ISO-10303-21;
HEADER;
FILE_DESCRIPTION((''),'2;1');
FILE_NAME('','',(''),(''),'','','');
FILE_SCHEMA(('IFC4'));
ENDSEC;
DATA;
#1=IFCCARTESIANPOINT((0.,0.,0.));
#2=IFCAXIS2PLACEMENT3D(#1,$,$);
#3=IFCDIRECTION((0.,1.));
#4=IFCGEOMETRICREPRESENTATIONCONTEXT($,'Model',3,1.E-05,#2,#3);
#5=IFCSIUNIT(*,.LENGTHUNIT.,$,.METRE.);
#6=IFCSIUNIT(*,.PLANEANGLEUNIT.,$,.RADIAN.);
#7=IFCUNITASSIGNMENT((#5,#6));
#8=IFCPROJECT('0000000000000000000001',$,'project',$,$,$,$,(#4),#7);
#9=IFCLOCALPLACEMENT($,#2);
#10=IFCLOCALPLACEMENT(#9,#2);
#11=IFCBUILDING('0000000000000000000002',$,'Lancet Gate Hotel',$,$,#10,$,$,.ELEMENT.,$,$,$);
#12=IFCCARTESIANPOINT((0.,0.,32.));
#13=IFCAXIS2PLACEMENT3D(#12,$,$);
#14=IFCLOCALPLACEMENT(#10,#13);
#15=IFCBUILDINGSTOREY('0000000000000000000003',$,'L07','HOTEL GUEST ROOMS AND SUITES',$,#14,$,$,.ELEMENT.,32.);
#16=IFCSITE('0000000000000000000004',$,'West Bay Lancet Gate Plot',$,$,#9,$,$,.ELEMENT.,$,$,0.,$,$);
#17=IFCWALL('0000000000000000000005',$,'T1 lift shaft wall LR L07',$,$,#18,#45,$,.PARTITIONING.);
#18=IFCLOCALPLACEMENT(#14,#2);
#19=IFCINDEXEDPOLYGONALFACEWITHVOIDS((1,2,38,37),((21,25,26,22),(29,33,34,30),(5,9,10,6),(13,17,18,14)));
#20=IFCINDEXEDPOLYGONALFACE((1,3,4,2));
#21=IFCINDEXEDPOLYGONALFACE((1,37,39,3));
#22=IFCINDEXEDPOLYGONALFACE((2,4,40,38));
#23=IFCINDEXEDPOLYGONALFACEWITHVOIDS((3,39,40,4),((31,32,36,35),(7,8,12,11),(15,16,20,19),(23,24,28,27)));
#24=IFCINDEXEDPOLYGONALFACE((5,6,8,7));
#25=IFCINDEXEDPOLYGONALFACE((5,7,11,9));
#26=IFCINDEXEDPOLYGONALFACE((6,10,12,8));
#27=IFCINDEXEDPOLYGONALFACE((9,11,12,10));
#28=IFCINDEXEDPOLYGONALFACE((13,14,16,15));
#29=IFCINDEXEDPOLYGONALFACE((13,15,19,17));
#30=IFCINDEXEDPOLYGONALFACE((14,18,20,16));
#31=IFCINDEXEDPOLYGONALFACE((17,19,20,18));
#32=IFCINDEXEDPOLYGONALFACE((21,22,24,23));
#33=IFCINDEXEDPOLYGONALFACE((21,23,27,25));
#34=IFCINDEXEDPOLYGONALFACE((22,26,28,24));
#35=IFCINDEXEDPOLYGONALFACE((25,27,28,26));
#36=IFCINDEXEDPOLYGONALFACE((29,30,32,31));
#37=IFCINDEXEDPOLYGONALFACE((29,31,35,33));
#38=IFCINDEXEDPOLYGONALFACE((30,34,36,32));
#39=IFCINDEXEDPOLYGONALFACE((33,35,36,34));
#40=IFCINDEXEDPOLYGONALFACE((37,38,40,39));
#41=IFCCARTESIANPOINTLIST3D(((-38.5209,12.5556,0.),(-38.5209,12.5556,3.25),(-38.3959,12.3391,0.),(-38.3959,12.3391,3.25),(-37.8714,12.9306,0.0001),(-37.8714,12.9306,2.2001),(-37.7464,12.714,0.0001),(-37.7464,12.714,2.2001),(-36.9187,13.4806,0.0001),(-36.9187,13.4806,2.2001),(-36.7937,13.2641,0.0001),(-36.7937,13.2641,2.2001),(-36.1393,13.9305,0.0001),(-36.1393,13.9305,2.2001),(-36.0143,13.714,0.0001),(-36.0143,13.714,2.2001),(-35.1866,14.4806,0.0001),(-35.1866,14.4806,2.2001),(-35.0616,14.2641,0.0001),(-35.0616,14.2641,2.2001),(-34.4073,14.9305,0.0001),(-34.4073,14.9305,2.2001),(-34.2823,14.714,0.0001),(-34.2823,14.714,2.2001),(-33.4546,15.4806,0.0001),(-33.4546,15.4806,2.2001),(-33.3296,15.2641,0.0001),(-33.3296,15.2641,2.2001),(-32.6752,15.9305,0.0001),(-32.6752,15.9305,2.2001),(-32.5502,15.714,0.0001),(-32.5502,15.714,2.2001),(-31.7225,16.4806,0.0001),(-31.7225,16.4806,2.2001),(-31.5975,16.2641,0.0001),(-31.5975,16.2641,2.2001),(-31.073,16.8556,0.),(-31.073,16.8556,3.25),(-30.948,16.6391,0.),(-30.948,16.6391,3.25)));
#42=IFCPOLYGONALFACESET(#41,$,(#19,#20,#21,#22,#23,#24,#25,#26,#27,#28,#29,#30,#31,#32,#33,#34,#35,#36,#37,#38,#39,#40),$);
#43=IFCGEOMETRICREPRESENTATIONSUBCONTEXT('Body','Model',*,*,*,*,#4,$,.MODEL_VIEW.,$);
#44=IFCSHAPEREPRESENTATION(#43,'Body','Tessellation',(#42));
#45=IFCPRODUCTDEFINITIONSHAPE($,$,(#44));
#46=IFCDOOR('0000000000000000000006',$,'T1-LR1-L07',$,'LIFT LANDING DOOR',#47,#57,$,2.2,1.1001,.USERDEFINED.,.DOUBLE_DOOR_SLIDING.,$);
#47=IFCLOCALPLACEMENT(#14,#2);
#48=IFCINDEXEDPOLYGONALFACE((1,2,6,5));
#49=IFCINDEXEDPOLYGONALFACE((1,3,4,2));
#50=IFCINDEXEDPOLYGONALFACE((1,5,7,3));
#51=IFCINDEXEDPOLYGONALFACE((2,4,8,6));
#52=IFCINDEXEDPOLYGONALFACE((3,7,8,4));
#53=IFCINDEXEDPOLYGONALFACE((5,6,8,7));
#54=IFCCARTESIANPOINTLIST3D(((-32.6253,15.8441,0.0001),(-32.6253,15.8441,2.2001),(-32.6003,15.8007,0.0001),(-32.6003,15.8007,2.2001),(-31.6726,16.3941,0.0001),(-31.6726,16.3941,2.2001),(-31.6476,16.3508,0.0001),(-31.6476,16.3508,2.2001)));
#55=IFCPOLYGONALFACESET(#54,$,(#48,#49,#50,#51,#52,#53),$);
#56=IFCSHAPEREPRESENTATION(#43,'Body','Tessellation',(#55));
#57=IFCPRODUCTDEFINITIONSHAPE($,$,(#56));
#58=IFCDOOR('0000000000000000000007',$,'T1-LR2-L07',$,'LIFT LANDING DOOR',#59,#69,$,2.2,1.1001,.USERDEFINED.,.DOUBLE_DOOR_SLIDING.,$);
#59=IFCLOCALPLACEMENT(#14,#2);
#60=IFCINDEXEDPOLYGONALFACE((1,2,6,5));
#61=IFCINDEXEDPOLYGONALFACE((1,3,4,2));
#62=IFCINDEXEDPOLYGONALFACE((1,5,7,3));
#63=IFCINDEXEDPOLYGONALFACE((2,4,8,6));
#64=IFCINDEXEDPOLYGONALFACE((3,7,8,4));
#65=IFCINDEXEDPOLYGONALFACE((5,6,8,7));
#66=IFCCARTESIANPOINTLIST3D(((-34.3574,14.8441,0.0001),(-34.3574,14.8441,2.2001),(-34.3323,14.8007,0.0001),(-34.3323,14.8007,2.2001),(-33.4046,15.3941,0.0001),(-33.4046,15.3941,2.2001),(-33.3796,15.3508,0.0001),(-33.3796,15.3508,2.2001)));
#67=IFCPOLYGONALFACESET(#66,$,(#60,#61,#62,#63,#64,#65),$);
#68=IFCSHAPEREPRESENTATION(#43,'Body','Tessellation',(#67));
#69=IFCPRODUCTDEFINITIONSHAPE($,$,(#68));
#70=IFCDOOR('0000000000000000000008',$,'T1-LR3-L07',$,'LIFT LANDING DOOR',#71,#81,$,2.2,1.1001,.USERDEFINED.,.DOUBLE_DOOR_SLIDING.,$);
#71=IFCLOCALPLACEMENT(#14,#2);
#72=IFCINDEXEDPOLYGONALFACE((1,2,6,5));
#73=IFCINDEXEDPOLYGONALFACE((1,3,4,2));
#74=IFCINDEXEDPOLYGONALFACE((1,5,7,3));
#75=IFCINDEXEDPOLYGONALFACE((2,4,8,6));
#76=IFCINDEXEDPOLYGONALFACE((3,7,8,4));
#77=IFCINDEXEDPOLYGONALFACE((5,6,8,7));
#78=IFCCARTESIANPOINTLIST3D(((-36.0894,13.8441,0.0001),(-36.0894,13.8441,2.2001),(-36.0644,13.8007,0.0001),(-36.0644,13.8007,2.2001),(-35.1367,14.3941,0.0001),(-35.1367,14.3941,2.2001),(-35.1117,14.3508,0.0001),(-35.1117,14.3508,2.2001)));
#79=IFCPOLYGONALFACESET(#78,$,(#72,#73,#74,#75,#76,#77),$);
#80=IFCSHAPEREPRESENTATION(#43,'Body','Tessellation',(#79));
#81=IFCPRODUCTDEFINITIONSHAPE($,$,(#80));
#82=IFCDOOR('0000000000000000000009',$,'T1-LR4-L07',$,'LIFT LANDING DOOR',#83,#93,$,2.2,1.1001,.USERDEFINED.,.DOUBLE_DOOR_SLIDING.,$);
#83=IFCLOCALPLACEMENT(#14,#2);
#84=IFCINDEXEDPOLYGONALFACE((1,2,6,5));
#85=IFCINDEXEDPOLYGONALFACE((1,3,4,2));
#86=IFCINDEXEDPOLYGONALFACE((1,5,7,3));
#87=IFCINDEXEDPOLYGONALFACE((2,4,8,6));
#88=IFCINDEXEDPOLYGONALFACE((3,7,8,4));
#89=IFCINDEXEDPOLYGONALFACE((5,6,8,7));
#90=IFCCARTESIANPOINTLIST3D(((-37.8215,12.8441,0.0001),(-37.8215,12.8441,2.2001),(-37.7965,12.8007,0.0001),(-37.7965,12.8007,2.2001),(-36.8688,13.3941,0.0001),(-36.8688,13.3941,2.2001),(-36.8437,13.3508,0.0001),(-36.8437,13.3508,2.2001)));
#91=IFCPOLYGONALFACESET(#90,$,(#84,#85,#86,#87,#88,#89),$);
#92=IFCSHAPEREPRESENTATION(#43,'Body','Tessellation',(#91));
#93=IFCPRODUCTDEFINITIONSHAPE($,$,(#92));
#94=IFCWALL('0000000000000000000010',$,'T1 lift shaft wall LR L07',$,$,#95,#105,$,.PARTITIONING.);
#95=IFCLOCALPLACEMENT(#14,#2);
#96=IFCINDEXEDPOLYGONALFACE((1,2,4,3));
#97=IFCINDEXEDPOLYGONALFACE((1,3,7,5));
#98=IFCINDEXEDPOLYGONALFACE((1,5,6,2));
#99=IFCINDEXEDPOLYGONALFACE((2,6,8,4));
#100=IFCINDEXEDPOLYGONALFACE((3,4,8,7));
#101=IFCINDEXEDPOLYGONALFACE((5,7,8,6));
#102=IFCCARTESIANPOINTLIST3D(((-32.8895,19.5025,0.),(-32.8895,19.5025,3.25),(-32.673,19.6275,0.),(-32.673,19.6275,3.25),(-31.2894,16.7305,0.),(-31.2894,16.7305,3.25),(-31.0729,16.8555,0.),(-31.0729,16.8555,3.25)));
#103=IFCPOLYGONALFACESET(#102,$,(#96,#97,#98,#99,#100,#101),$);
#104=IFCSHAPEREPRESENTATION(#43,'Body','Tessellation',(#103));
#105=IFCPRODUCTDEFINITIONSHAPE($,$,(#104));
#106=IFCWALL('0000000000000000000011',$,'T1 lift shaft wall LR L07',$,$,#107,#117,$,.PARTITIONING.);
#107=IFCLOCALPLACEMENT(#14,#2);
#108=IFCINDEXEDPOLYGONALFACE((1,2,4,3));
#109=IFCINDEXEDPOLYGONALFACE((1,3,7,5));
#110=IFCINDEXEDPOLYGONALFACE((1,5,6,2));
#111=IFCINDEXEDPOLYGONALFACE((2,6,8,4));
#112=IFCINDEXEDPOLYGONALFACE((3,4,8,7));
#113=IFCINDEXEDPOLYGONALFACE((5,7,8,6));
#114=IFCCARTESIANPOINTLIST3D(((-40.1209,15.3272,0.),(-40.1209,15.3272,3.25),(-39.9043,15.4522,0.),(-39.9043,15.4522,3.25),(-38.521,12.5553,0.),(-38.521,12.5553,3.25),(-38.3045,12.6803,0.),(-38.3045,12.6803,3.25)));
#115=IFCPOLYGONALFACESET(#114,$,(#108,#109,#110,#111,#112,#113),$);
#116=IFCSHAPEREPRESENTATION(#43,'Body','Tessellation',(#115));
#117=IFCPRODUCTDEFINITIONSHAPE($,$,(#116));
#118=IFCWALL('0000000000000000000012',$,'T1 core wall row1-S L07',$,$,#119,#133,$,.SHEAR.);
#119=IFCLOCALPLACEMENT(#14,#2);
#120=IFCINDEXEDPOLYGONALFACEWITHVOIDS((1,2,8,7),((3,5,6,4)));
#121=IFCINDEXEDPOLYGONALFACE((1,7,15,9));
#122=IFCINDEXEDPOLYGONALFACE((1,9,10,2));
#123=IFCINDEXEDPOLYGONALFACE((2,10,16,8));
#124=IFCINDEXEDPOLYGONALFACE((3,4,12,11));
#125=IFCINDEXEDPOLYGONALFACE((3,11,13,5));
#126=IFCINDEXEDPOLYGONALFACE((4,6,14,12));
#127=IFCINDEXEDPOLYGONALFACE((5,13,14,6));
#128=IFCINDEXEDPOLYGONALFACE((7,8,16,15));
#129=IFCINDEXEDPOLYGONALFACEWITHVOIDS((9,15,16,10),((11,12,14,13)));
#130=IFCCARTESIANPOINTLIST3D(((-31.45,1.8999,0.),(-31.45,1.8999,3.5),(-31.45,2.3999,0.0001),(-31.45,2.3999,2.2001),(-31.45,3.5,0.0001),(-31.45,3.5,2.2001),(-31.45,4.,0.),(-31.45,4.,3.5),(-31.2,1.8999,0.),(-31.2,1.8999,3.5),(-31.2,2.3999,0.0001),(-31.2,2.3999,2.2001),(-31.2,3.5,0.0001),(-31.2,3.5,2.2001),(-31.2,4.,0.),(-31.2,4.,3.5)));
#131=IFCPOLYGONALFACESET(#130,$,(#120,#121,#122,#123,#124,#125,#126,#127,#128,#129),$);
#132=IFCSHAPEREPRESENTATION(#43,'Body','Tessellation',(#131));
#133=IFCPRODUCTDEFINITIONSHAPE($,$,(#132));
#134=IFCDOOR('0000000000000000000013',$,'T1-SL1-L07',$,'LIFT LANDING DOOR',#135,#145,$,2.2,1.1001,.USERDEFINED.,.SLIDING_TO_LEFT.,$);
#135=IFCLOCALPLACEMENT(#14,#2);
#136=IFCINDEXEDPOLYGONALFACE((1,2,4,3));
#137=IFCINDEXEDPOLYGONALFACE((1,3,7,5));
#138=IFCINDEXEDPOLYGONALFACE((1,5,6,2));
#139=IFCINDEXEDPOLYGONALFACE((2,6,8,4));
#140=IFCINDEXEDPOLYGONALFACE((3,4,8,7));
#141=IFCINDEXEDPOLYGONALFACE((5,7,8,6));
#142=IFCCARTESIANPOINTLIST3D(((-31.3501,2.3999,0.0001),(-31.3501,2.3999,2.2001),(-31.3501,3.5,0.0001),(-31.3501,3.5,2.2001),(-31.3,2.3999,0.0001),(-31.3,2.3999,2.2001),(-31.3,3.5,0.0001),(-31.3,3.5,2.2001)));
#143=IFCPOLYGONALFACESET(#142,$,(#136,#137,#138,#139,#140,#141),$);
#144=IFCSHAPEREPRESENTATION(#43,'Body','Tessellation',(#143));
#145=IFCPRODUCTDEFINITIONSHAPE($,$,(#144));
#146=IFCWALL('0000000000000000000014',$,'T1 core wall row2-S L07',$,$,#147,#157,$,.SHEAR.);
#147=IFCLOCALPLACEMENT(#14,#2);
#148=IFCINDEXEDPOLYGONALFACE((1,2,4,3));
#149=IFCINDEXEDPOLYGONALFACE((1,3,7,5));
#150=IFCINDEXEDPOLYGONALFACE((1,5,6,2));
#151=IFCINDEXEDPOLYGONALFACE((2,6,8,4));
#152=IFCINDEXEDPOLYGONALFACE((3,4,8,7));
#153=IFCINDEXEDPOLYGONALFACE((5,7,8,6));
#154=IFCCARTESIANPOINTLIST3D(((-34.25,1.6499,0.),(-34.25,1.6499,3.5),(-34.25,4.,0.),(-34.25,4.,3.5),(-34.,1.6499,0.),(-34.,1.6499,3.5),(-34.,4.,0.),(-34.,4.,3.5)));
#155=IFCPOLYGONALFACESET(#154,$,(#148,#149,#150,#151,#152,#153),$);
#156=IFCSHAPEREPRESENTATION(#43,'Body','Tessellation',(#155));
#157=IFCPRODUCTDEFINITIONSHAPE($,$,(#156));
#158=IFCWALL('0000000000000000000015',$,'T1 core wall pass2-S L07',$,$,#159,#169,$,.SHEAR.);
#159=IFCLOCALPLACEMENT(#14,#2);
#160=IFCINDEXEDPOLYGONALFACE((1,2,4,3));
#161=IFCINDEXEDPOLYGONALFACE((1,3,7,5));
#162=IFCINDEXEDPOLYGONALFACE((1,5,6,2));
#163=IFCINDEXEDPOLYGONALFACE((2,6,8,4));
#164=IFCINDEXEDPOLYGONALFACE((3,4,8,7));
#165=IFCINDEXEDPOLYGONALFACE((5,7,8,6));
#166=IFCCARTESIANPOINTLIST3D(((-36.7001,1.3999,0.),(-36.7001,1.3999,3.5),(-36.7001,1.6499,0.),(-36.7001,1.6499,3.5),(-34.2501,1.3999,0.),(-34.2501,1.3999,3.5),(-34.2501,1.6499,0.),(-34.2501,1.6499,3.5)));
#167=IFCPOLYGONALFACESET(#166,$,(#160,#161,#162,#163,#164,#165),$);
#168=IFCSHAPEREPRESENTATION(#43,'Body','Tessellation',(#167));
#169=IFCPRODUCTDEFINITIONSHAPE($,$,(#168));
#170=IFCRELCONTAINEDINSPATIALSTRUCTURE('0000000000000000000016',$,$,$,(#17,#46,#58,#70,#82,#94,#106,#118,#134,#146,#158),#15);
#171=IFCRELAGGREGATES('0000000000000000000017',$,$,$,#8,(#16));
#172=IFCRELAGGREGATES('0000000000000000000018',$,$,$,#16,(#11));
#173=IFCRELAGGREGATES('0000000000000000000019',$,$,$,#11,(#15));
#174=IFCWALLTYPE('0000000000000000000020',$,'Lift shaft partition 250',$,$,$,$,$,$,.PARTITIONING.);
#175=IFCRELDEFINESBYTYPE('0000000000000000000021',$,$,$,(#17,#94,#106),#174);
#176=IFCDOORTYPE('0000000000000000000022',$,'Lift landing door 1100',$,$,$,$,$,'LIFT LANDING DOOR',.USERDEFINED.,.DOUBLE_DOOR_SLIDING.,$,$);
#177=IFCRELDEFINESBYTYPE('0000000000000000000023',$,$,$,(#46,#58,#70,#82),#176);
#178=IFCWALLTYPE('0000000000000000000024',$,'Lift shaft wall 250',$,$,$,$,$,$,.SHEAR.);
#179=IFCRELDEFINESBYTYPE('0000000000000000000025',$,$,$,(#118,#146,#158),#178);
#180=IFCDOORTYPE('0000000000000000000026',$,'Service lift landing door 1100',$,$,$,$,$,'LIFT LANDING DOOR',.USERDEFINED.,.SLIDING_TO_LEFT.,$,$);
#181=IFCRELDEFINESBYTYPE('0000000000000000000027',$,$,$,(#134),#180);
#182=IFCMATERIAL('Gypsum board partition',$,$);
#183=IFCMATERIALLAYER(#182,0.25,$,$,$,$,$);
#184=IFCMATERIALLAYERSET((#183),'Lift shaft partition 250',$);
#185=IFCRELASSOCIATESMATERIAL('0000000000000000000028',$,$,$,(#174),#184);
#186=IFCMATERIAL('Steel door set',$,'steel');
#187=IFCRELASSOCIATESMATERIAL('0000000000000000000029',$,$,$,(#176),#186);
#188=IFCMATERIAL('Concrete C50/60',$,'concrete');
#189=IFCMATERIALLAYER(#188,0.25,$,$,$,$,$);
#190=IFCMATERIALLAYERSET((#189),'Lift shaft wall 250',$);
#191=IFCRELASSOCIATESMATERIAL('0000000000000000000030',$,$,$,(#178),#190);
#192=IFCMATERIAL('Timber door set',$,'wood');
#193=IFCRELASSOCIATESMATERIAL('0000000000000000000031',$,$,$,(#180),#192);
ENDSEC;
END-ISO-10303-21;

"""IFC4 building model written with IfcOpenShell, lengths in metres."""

from ifc_helpers import new_model, si_unit, direction, frame, frame_2d, origin, place, context, subcontext, project, spatial, rectangle, extrude, material, layer, layer_set, type_object, element, fill, save


model = new_model("IFC4")

# Units and contexts
model_context = context("Model", 3, precision=1e-05, world=origin(), true_north=direction((0.0, 1.0)))
body_context = subcontext(model_context, "Body", "Model", "MODEL_VIEW")
ifc_project = project(units=[si_unit("LENGTHUNIT", "METRE"), si_unit("PLANEANGLEUNIT", "RADIAN")], contexts=[model_context])

# Site, building, storey
site_placement = place(None, origin())
site = spatial("IfcSite", under=ifc_project, at=site_placement, Name="West Bay Lancet Gate Plot", CompositionType="ELEMENT", RefElevation=0.0)
building_placement = place(site_placement, origin())
building = spatial("IfcBuilding", under=site, at=building_placement, Name="Lancet Gate Hotel", CompositionType="ELEMENT")
storey_placement = place(building_placement, frame((0.0, 0.0, 32.0)))
storey = spatial("IfcBuildingStorey", under=building, at=storey_placement, Name="L07", Description="HOTEL GUEST ROOMS AND SUITES", CompositionType="ELEMENT", Elevation=32.0)

# Wall, openings, doors
ifc_material_1 = material(Name="Gypsum board partition")
ifc_layer_1 = layer(ifc_material_1, 0.25)
ifc_layer_set_1 = layer_set([ifc_layer_1], Name="Lift shaft partition 250")
wall_type_1 = type_object("IfcWallType", Name="Lift shaft partition 250", PredefinedType="PARTITIONING", material=ifc_layer_set_1)
wall_1_placement = place(storey_placement, frame((-31.0105, 16.7473, 0.0), z_axis=(0.0, 0.0, 1.0), x_axis=(-0.866028, -0.499995, 0.0)))
wall_1 = element("IfcWall", 1, at=wall_1_placement, inside=storey, type_object=wall_type_1, Name="T1 lift shaft wall LR L07", PredefinedType="PARTITIONING", context=body_context, shape_type="SweptSolid", body=[
    extrude(rectangle(XDim=8.6001, YDim=0.25, at=frame_2d((4.3, 0.0))), origin(), (0.0, 0.0, 1.0), 3.25),
])
opening_1_placement = place(wall_1_placement, frame((0.75, 0.0, 0.0)))
opening_1 = element("IfcOpeningElement", 2, at=opening_1_placement, cuts=wall_1, PredefinedType="OPENING", context=body_context, shape_type="SweptSolid", body=[
    extrude(rectangle(XDim=1.1001, YDim=2.2, at=frame_2d((0.55, 1.1001))), frame((0.0, 0.135, 0.0), z_axis=(0.0, -1.0, 0.0), x_axis=(1.0, 0.0, 0.0)), (0.0, 0.0, 1.0), 0.27),
])
opening_2_placement = place(wall_1_placement, frame((2.75, 0.0, 0.0)))
opening_2 = element("IfcOpeningElement", 3, at=opening_2_placement, cuts=wall_1, PredefinedType="OPENING", context=body_context, shape_type="SweptSolid", body=[
    extrude(rectangle(XDim=1.1001, YDim=2.2, at=frame_2d((0.55, 1.1001))), frame((0.0, 0.135, 0.0), z_axis=(0.0, -1.0, 0.0), x_axis=(1.0, 0.0, 0.0)), (0.0, 0.0, 1.0), 0.27),
])
opening_3_placement = place(wall_1_placement, frame((4.75, 0.0, 0.0)))
opening_3 = element("IfcOpeningElement", 4, at=opening_3_placement, cuts=wall_1, PredefinedType="OPENING", context=body_context, shape_type="SweptSolid", body=[
    extrude(rectangle(XDim=1.1001, YDim=2.2, at=frame_2d((0.55, 1.1001))), frame((0.0, 0.135, 0.0), z_axis=(0.0, -1.0, 0.0), x_axis=(1.0, 0.0, 0.0)), (0.0, 0.0, 1.0), 0.27),
])
opening_4_placement = place(wall_1_placement, frame((6.75, 0.0, 0.0)))
opening_4 = element("IfcOpeningElement", 5, at=opening_4_placement, cuts=wall_1, PredefinedType="OPENING", context=body_context, shape_type="SweptSolid", body=[
    extrude(rectangle(XDim=1.1001, YDim=2.2, at=frame_2d((0.55, 1.1001))), frame((0.0, 0.135, 0.0), z_axis=(0.0, -1.0, 0.0), x_axis=(1.0, 0.0, 0.0)), (0.0, 0.0, 1.0), 0.27),
])
ifc_material_2 = material(Name="Steel door set", Category="steel")
door_type_1 = type_object("IfcDoorType", Name="Lift landing door 1100", ElementType="LIFT LANDING DOOR", OperationType="DOUBLE_DOOR_SLIDING", PredefinedType="USERDEFINED", material=ifc_material_2)
door_1_placement = place(opening_1_placement, origin())
door_1 = element("IfcDoor", 6, at=door_1_placement, inside=storey, type_object=door_type_1, Name="T1-LR1-L07", ObjectType="LIFT LANDING DOOR", OperationType="DOUBLE_DOOR_SLIDING", OverallHeight=2.2, OverallWidth=1.1001, PredefinedType="USERDEFINED", context=body_context, shape_type="SweptSolid", body=[
    extrude(rectangle(XDim=1.1001, YDim=2.2, at=frame_2d((0.55, 1.1001))), frame((0.0, 0.0249, 0.0), z_axis=(0.0, -1.0, 0.0), x_axis=(1.0, 0.0, 0.0)), (0.0, 0.0, 1.0), 0.05),
])
fill(opening_1, door_1)
door_2_placement = place(opening_2_placement, origin())
door_2 = element("IfcDoor", 7, at=door_2_placement, inside=storey, type_object=door_type_1, Name="T1-LR2-L07", ObjectType="LIFT LANDING DOOR", OperationType="DOUBLE_DOOR_SLIDING", OverallHeight=2.2, OverallWidth=1.1001, PredefinedType="USERDEFINED", context=body_context, shape_type="SweptSolid", body=[
    extrude(rectangle(XDim=1.1001, YDim=2.2, at=frame_2d((0.55, 1.1001))), frame((0.0, 0.0249, 0.0), z_axis=(0.0, -1.0, 0.0), x_axis=(1.0, 0.0, 0.0)), (0.0, 0.0, 1.0), 0.05),
])
fill(opening_2, door_2)
door_3_placement = place(opening_3_placement, origin())
door_3 = element("IfcDoor", 8, at=door_3_placement, inside=storey, type_object=door_type_1, Name="T1-LR3-L07", ObjectType="LIFT LANDING DOOR", OperationType="DOUBLE_DOOR_SLIDING", OverallHeight=2.2, OverallWidth=1.1001, PredefinedType="USERDEFINED", context=body_context, shape_type="SweptSolid", body=[
    extrude(rectangle(XDim=1.1001, YDim=2.2, at=frame_2d((0.55, 1.1001))), frame((0.0, 0.0249, 0.0), z_axis=(0.0, -1.0, 0.0), x_axis=(1.0, 0.0, 0.0)), (0.0, 0.0, 1.0), 0.05),
])
fill(opening_3, door_3)
door_4_placement = place(opening_4_placement, origin())
door_4 = element("IfcDoor", 9, at=door_4_placement, inside=storey, type_object=door_type_1, Name="T1-LR4-L07", ObjectType="LIFT LANDING DOOR", OperationType="DOUBLE_DOOR_SLIDING", OverallHeight=2.2, OverallWidth=1.1001, PredefinedType="USERDEFINED", context=body_context, shape_type="SweptSolid", body=[
    extrude(rectangle(XDim=1.1001, YDim=2.2, at=frame_2d((0.55, 1.1001))), frame((0.0, 0.0249, 0.0), z_axis=(0.0, -1.0, 0.0), x_axis=(1.0, 0.0, 0.0)), (0.0, 0.0, 1.0), 0.05),
])
fill(opening_4, door_4)

# Walls
wall_2_placement = place(storey_placement, frame((-31.1812, 16.793, 0.0), z_axis=(0.0, 0.0, 1.0), x_axis=(-0.499929, 0.866066, 0.0)))
element("IfcWall", 10, at=wall_2_placement, inside=storey, type_object=wall_type_1, Name="T1 lift shaft wall LR L07", PredefinedType="PARTITIONING", context=body_context, shape_type="SweptSolid", body=[
    extrude(rectangle(XDim=3.2007, YDim=0.25, at=frame_2d((1.6003, 0.0))), origin(), (0.0, 0.0, 1.0), 3.25),
])
wall_3_placement = place(storey_placement, frame((-38.4128, 12.6179, 0.0), z_axis=(0.0, 0.0, 1.0), x_axis=(-0.499872, 0.866099, 0.0)))
element("IfcWall", 11, at=wall_3_placement, inside=storey, type_object=wall_type_1, Name="T1 lift shaft wall LR L07", PredefinedType="PARTITIONING", context=body_context, shape_type="SweptSolid", body=[
    extrude(rectangle(XDim=3.2004, YDim=0.25, at=frame_2d((1.6001, 0.0))), origin(), (0.0, 0.0, 1.0), 3.25),
])

# Wall, opening, door
ifc_material_3 = material(Name="Concrete C50/60", Category="concrete")
ifc_layer_2 = layer(ifc_material_3, 0.25)
ifc_layer_set_2 = layer_set([ifc_layer_2], Name="Lift shaft wall 250")
wall_type_2 = type_object("IfcWallType", Name="Lift shaft wall 250", PredefinedType="SHEAR", material=ifc_layer_set_2)
wall_4_placement = place(storey_placement, frame((-31.325, 4.0, 0.0), z_axis=(0.0, 0.0, 1.0), x_axis=(0.0, -1.0, 0.0)))
wall_4 = element("IfcWall", 12, at=wall_4_placement, inside=storey, type_object=wall_type_2, Name="T1 core wall row1-S L07", PredefinedType="SHEAR", context=body_context, shape_type="SweptSolid", body=[
    extrude(rectangle(XDim=2.1001, YDim=0.25, at=frame_2d((1.05, 0.0))), origin(), (0.0, 0.0, 1.0), 3.5),
])
opening_5_placement = place(wall_4_placement, frame((0.5, 0.0, 0.0)))
opening_5 = element("IfcOpeningElement", 13, at=opening_5_placement, cuts=wall_4, PredefinedType="OPENING", context=body_context, shape_type="SweptSolid", body=[
    extrude(rectangle(XDim=1.1001, YDim=2.2, at=frame_2d((0.55, 1.1001))), frame((0.0, 0.135, 0.0), z_axis=(0.0, -1.0, 0.0), x_axis=(1.0, 0.0, 0.0)), (0.0, 0.0, 1.0), 0.27),
])
ifc_material_4 = material(Name="Timber door set", Category="wood")
door_type_2 = type_object("IfcDoorType", Name="Service lift landing door 1100", ElementType="LIFT LANDING DOOR", OperationType="SLIDING_TO_LEFT", PredefinedType="USERDEFINED", material=ifc_material_4)
door_5_placement = place(opening_5_placement, origin())
door_5 = element("IfcDoor", 14, at=door_5_placement, inside=storey, type_object=door_type_2, Name="T1-SL1-L07", ObjectType="LIFT LANDING DOOR", OperationType="SLIDING_TO_LEFT", OverallHeight=2.2, OverallWidth=1.1001, PredefinedType="USERDEFINED", context=body_context, shape_type="SweptSolid", body=[
    extrude(rectangle(XDim=1.1001, YDim=2.2, at=frame_2d((0.55, 1.1001))), frame((0.0, 0.0249, 0.0), z_axis=(0.0, -1.0, 0.0), x_axis=(1.0, 0.0, 0.0)), (0.0, 0.0, 1.0), 0.05),
])
fill(opening_5, door_5)

# Walls
wall_5_placement = place(storey_placement, frame((-34.125, 4.0, 0.0), z_axis=(0.0, 0.0, 1.0), x_axis=(0.0, -1.0, 0.0)))
element("IfcWall", 15, at=wall_5_placement, inside=storey, type_object=wall_type_2, Name="T1 core wall row2-S L07", PredefinedType="SHEAR", context=body_context, shape_type="SweptSolid", body=[
    extrude(rectangle(XDim=2.3501, YDim=0.25, at=frame_2d((1.175, 0.0))), origin(), (0.0, 0.0, 1.0), 3.5),
])
wall_6_placement = place(storey_placement, frame((-34.25, 1.5249, 0.0), z_axis=(0.0, 0.0, 1.0), x_axis=(-1.0, 0.0, 0.0)))
element("IfcWall", 16, at=wall_6_placement, inside=storey, type_object=wall_type_2, Name="T1 core wall pass2-S L07", PredefinedType="SHEAR", context=body_context, shape_type="SweptSolid", body=[
    extrude(rectangle(XDim=2.45, YDim=0.25, at=frame_2d((1.2251, 0.0))), origin(), (0.0, 0.0, 1.0), 3.5),
])

save(model, "model.ifc")
